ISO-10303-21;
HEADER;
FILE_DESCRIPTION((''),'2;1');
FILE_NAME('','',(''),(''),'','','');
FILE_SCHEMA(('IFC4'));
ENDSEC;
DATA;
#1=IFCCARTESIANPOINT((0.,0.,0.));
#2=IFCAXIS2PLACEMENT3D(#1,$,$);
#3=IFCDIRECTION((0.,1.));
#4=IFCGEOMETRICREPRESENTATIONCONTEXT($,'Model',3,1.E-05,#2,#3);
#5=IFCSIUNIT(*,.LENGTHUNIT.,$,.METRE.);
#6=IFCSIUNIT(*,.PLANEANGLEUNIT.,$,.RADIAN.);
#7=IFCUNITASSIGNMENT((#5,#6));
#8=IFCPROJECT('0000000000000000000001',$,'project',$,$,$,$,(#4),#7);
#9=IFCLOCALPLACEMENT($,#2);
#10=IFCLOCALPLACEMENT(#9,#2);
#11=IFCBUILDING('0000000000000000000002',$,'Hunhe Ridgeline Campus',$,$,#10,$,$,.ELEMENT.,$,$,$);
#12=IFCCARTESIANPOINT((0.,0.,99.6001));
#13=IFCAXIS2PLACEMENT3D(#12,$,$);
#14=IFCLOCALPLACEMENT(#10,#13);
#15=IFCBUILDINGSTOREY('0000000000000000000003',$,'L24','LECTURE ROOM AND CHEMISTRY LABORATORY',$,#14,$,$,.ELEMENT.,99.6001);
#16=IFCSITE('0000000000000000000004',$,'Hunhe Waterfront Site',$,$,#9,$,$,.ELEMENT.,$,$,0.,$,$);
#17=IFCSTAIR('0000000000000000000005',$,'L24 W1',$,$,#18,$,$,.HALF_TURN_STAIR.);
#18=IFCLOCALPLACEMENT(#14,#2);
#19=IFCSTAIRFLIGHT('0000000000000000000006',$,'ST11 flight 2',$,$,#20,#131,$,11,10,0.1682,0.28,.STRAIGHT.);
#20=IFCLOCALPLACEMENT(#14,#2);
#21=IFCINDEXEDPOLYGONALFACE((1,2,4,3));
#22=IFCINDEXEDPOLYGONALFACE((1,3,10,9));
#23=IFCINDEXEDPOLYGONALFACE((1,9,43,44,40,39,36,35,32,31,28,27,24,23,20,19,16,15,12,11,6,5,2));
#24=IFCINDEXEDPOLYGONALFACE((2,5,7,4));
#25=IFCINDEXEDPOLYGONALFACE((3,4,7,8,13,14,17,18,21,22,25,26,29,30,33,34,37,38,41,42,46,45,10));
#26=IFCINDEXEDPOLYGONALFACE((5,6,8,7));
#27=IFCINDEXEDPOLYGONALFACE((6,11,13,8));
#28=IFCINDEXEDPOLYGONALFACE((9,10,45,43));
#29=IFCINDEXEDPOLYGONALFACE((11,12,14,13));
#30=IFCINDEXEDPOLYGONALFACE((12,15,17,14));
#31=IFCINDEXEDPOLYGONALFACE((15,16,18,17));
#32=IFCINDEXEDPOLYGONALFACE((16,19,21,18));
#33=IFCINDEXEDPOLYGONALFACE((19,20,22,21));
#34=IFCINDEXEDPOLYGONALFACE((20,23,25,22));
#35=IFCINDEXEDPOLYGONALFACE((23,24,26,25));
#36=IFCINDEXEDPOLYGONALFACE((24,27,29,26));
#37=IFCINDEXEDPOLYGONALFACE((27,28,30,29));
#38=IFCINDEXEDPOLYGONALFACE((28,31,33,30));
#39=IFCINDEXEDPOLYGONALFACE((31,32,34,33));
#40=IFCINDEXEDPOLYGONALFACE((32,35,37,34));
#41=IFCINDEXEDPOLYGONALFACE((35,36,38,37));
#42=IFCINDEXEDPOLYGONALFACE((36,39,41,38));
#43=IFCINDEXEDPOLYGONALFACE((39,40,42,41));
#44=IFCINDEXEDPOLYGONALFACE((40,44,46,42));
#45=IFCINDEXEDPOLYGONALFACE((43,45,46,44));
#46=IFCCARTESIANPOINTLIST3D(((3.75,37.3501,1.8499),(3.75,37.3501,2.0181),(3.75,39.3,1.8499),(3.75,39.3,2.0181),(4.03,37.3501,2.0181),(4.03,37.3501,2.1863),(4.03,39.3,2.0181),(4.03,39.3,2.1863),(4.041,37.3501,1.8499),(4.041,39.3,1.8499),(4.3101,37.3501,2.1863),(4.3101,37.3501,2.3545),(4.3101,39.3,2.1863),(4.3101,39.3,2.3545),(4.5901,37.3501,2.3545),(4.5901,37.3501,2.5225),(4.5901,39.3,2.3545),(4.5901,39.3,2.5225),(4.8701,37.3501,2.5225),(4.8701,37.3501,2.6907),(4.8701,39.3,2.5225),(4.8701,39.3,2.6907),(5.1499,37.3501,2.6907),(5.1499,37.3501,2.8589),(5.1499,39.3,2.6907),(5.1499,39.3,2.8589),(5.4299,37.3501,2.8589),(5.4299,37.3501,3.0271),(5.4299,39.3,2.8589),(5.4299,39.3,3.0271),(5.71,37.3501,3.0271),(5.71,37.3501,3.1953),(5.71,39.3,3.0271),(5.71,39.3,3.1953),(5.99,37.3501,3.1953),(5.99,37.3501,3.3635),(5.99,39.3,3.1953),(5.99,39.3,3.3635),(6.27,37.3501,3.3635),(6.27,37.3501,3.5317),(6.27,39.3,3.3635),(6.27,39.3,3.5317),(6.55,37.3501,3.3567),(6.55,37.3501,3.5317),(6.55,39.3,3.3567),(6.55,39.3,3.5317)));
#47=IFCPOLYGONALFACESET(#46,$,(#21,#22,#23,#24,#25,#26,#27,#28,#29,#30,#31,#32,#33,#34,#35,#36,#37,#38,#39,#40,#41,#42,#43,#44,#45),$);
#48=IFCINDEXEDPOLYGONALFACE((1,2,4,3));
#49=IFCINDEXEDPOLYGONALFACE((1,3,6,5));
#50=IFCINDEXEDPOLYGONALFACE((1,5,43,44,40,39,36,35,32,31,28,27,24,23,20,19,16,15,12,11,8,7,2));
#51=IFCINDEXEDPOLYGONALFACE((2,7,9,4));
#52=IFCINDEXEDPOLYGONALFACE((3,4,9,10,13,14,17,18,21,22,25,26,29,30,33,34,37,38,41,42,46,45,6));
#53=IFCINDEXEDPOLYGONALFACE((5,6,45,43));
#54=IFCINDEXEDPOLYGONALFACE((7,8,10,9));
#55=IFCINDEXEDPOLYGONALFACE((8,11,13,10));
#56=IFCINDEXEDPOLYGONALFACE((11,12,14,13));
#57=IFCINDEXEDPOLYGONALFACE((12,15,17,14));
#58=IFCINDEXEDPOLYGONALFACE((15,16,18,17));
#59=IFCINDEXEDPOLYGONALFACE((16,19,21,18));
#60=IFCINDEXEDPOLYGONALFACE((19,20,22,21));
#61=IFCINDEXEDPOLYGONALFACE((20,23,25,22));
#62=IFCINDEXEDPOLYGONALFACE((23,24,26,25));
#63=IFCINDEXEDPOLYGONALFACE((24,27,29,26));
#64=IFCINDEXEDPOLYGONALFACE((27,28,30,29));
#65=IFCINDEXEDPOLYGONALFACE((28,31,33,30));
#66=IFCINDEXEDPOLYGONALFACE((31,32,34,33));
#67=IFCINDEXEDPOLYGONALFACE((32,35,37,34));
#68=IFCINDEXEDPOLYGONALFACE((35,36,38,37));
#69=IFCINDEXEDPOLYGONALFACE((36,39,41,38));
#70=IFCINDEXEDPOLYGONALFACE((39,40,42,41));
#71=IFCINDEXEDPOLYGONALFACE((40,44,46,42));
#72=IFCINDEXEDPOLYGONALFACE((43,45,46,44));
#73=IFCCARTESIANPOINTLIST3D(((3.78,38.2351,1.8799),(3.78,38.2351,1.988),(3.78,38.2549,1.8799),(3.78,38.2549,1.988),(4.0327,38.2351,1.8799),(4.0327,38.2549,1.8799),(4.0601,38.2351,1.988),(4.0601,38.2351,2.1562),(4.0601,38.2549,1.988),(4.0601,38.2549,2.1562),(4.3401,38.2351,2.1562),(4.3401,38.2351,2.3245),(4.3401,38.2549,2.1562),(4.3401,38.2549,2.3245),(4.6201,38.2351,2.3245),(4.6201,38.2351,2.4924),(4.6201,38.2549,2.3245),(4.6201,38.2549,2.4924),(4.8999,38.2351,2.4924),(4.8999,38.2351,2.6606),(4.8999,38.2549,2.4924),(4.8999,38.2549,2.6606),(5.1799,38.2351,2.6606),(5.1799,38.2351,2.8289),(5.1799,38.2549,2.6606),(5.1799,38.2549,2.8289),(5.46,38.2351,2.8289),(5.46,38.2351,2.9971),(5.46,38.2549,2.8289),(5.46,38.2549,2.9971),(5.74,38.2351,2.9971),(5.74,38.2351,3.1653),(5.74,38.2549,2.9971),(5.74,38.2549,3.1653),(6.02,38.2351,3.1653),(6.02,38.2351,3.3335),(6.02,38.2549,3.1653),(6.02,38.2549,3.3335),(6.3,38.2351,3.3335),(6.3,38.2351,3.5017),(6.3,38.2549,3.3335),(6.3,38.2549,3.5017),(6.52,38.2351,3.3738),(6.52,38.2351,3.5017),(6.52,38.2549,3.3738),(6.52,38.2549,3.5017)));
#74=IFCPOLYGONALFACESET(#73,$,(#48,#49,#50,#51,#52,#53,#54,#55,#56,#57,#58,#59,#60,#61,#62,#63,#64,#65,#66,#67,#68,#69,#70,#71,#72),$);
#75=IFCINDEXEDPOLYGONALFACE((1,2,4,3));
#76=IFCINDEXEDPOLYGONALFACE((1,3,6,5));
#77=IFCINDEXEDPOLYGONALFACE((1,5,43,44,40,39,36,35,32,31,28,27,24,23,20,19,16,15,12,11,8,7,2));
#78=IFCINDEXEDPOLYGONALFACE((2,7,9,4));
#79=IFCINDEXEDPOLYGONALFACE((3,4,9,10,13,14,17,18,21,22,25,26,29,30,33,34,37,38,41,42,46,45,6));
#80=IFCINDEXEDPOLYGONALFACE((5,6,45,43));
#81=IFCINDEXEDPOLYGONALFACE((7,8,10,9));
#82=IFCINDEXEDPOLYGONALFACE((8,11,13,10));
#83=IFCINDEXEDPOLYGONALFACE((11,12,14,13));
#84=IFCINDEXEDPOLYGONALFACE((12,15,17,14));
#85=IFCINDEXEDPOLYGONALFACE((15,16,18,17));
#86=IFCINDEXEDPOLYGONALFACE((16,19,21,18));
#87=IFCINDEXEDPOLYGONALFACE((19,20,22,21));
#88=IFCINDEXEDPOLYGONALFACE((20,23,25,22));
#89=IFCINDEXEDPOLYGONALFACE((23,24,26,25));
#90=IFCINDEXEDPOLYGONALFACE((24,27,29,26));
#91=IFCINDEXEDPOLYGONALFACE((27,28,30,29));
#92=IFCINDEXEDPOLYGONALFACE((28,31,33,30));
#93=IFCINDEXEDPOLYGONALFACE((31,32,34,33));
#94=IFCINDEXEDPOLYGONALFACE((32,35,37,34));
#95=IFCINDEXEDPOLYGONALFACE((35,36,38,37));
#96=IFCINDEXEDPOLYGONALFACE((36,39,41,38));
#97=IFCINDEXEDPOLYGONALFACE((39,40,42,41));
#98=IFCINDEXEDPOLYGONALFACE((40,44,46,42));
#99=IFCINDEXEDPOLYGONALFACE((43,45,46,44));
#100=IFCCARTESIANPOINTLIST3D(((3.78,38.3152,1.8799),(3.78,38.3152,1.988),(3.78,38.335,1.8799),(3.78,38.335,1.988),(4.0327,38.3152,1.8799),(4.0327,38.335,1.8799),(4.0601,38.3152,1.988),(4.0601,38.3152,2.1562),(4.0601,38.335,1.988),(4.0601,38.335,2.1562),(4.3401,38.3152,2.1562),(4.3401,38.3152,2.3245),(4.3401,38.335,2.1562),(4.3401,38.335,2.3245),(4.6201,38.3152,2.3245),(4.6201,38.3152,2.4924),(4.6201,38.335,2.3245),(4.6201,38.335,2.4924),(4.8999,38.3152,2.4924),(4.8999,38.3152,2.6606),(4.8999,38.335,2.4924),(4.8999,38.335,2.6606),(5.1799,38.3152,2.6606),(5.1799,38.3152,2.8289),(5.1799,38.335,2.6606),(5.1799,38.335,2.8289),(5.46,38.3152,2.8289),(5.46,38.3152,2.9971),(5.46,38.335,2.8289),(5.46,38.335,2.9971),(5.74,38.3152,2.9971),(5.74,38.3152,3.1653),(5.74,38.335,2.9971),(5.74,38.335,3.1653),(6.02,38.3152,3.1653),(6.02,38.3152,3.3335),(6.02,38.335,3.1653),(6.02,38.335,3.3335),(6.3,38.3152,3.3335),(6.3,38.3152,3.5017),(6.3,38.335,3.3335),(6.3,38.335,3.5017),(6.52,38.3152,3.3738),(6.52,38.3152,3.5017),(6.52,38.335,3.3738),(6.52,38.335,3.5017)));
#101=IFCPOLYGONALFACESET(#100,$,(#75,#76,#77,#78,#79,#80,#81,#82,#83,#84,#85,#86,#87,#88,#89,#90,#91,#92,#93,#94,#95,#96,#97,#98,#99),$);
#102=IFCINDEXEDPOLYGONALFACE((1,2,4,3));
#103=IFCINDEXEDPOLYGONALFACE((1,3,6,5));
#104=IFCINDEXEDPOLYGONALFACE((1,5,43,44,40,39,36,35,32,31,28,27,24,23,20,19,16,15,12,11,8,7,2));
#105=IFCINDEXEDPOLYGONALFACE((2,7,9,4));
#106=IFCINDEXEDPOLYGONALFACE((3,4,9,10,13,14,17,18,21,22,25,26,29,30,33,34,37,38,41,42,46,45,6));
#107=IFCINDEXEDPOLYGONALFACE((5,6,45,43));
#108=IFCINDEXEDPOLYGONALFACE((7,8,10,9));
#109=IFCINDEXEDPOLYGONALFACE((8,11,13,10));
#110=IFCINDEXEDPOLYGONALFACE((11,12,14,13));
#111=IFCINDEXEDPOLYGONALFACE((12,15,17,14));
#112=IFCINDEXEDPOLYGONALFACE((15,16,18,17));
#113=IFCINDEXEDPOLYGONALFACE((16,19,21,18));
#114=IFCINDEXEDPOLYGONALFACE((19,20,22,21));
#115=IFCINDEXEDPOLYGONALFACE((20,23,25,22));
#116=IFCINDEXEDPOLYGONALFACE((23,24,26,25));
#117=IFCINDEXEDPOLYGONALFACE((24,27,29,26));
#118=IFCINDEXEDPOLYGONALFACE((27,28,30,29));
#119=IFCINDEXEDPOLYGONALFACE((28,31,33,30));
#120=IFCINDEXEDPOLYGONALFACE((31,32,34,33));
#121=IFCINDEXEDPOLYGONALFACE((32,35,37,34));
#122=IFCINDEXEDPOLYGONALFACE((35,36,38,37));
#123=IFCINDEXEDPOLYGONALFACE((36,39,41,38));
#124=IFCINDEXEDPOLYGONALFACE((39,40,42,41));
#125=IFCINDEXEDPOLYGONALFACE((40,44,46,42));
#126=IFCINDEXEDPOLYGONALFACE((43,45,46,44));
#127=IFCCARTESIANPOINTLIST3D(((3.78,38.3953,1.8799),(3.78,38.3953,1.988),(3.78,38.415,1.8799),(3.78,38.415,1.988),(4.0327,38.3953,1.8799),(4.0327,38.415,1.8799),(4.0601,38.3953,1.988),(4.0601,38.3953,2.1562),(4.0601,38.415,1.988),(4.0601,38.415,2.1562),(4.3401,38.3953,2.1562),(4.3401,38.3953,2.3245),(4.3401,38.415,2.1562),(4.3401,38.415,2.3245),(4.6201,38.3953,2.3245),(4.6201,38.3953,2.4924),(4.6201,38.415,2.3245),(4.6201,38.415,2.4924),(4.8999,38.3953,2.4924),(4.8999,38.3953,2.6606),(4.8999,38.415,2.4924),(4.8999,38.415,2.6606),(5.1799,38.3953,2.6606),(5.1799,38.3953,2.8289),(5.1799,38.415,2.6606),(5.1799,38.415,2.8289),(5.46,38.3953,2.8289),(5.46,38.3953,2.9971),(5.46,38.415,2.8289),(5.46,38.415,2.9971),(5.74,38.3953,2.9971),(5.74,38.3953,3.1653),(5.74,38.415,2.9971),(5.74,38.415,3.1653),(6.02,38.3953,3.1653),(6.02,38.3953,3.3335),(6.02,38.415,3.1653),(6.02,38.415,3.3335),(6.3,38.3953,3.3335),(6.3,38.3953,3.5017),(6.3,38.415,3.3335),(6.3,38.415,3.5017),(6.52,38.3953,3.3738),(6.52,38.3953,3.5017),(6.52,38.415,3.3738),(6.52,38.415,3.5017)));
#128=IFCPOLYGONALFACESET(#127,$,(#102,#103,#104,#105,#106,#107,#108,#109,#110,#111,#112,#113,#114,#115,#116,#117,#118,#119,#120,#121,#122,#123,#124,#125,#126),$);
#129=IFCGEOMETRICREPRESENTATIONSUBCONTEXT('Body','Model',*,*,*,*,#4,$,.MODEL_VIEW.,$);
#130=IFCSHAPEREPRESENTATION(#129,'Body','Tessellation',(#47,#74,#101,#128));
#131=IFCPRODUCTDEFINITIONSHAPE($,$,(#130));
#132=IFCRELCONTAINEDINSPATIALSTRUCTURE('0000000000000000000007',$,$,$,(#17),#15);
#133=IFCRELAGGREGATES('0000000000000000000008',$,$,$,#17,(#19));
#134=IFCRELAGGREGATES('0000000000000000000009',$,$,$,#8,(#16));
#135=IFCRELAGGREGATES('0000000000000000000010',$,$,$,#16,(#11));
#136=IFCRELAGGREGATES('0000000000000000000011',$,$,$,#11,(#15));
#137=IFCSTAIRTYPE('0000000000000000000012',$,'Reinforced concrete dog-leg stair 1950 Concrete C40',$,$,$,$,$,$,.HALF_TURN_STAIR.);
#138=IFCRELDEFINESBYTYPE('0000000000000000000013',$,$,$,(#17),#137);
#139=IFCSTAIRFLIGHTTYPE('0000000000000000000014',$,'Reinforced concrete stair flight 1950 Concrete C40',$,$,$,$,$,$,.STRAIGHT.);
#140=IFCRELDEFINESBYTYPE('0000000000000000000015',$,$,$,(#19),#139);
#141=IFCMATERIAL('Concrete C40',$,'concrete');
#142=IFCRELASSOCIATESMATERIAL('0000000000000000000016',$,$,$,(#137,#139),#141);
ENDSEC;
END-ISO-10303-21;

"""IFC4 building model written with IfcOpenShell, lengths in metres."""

from ifc_helpers import new_model, si_unit, direction, frame, origin, place, context, subcontext, project, spatial, polyline, outline, extrude, material, type_object, element, aggregate, save


model = new_model("IFC4")

# Units and contexts
model_context = context("Model", 3, precision=1e-05, world=origin(), true_north=direction((0.0, 1.0)))
body_context = subcontext(model_context, "Body", "Model", "MODEL_VIEW")
ifc_project = project(units=[si_unit("LENGTHUNIT", "METRE"), si_unit("PLANEANGLEUNIT", "RADIAN")], contexts=[model_context])

# Site, building, storey
site_placement = place(None, origin())
site = spatial("IfcSite", under=ifc_project, at=site_placement, Name="Hunhe Waterfront Site", CompositionType="ELEMENT", RefElevation=0.0)
building_placement = place(site_placement, origin())
building = spatial("IfcBuilding", under=site, at=building_placement, Name="Hunhe Ridgeline Campus", CompositionType="ELEMENT")
storey_placement = place(building_placement, frame((0.0, 0.0, 99.6001)))
storey = spatial("IfcBuildingStorey", under=building, at=storey_placement, Name="L24", Description="LECTURE ROOM AND CHEMISTRY LABORATORY", CompositionType="ELEMENT", Elevation=99.6001)

# Shared definitions
ifc_material_1 = material(Name="Concrete C40", Category="concrete")
stair_type = type_object("IfcStairType", Name="Reinforced concrete dog-leg stair 1950 Concrete C40", PredefinedType="HALF_TURN_STAIR", material=ifc_material_1)
stair_flight_type = type_object("IfcStairFlightType", Name="Reinforced concrete stair flight 1950 Concrete C40", PredefinedType="STRAIGHT", material=ifc_material_1)

# Stair, stair flight
stair_1_placement = place(storey_placement, origin())
stair_1 = element("IfcStair", 1, at=stair_1_placement, inside=storey, type_object=stair_type, Name="L24 W1", PredefinedType="HALF_TURN_STAIR")
stair_flight_1_placement = place(storey_placement, frame((3.75, 38.325, 1.8499), z_axis=(0.0, 0.0, 1.0), x_axis=(1.0, 0.0, 0.0)))
stair_flight_1 = element("IfcStairFlight", 2, at=stair_flight_1_placement, type_object=stair_flight_type, Name="ST11 flight 2", NumberOfRisers=11, NumberOfTreads=10, PredefinedType="STRAIGHT", RiserHeight=0.1682, TreadLength=0.28, context=body_context, shape_type="SweptSolid", body=[
    extrude(outline(polyline([(0.0, 0.0), (0.0, 0.1682), (0.28, 0.1682), (0.28, 0.3364), (0.5601, 0.3364), (0.5601, 0.5046), (0.8401, 0.5046), (0.8401, 0.6726), (1.1201, 0.6726), (1.1201, 0.8408), (1.3999, 0.8408), (1.3999, 1.009), (1.6799, 1.009), (1.6799, 1.1772), (1.96, 1.1772), (1.96, 1.3455), (2.24, 1.3455), (2.24, 1.5137), (2.52, 1.5137), (2.52, 1.6819), (2.8, 1.6819), (2.8, 1.8501), (2.8, 1.5068), (0.291, 0.0), (0.0, 0.0)])), frame((0.0, 0.9751, 0.0), z_axis=(0.0, -1.0, 0.0), x_axis=(1.0, 0.0, 0.0)), (0.0, 0.0, 1.0), 1.95),
    extrude(outline(polyline([(0.03, 0.03), (0.03, 0.1382), (0.3101, 0.1382), (0.3101, 0.3064), (0.5901, 0.3064), (0.5901, 0.4746), (0.8701, 0.4746), (0.8701, 0.6426), (1.1499, 0.6426), (1.1499, 0.8108), (1.4299, 0.8108), (1.4299, 0.979), (1.71, 0.979), (1.71, 1.1472), (1.99, 1.1472), (1.99, 1.3154), (2.27, 1.3154), (2.27, 1.4836), (2.55, 1.4836), (2.55, 1.6519), (2.77, 1.6519), (2.77, 1.5239), (0.2827, 0.03), (0.03, 0.03)])), frame((0.0, -0.0701, 0.0), z_axis=(0.0, -1.0, 0.0), x_axis=(1.0, 0.0, 0.0)), (0.0, 0.0, 1.0), 0.0198),
    extrude(outline(polyline([(0.03, 0.03), (0.03, 0.1382), (0.3101, 0.1382), (0.3101, 0.3064), (0.5901, 0.3064), (0.5901, 0.4746), (0.8701, 0.4746), (0.8701, 0.6426), (1.1499, 0.6426), (1.1499, 0.8108), (1.4299, 0.8108), (1.4299, 0.979), (1.71, 0.979), (1.71, 1.1472), (1.99, 1.1472), (1.99, 1.3154), (2.27, 1.3154), (2.27, 1.4836), (2.55, 1.4836), (2.55, 1.6519), (2.77, 1.6519), (2.77, 1.5239), (0.2827, 0.03), (0.03, 0.03)])), frame((0.0, 0.01, 0.0), z_axis=(0.0, -1.0, 0.0), x_axis=(1.0, 0.0, 0.0)), (0.0, 0.0, 1.0), 0.0198),
    extrude(outline(polyline([(0.03, 0.03), (0.03, 0.1382), (0.3101, 0.1382), (0.3101, 0.3064), (0.5901, 0.3064), (0.5901, 0.4746), (0.8701, 0.4746), (0.8701, 0.6426), (1.1499, 0.6426), (1.1499, 0.8108), (1.4299, 0.8108), (1.4299, 0.979), (1.71, 0.979), (1.71, 1.1472), (1.99, 1.1472), (1.99, 1.3154), (2.27, 1.3154), (2.27, 1.4836), (2.55, 1.4836), (2.55, 1.6519), (2.77, 1.6519), (2.77, 1.5239), (0.2827, 0.03), (0.03, 0.03)])), frame((0.0, 0.0901, 0.0), z_axis=(0.0, -1.0, 0.0), x_axis=(1.0, 0.0, 0.0)), (0.0, 0.0, 1.0), 0.0198),
])
aggregate(stair_1, [stair_flight_1])

save(model, "model.ifc")
